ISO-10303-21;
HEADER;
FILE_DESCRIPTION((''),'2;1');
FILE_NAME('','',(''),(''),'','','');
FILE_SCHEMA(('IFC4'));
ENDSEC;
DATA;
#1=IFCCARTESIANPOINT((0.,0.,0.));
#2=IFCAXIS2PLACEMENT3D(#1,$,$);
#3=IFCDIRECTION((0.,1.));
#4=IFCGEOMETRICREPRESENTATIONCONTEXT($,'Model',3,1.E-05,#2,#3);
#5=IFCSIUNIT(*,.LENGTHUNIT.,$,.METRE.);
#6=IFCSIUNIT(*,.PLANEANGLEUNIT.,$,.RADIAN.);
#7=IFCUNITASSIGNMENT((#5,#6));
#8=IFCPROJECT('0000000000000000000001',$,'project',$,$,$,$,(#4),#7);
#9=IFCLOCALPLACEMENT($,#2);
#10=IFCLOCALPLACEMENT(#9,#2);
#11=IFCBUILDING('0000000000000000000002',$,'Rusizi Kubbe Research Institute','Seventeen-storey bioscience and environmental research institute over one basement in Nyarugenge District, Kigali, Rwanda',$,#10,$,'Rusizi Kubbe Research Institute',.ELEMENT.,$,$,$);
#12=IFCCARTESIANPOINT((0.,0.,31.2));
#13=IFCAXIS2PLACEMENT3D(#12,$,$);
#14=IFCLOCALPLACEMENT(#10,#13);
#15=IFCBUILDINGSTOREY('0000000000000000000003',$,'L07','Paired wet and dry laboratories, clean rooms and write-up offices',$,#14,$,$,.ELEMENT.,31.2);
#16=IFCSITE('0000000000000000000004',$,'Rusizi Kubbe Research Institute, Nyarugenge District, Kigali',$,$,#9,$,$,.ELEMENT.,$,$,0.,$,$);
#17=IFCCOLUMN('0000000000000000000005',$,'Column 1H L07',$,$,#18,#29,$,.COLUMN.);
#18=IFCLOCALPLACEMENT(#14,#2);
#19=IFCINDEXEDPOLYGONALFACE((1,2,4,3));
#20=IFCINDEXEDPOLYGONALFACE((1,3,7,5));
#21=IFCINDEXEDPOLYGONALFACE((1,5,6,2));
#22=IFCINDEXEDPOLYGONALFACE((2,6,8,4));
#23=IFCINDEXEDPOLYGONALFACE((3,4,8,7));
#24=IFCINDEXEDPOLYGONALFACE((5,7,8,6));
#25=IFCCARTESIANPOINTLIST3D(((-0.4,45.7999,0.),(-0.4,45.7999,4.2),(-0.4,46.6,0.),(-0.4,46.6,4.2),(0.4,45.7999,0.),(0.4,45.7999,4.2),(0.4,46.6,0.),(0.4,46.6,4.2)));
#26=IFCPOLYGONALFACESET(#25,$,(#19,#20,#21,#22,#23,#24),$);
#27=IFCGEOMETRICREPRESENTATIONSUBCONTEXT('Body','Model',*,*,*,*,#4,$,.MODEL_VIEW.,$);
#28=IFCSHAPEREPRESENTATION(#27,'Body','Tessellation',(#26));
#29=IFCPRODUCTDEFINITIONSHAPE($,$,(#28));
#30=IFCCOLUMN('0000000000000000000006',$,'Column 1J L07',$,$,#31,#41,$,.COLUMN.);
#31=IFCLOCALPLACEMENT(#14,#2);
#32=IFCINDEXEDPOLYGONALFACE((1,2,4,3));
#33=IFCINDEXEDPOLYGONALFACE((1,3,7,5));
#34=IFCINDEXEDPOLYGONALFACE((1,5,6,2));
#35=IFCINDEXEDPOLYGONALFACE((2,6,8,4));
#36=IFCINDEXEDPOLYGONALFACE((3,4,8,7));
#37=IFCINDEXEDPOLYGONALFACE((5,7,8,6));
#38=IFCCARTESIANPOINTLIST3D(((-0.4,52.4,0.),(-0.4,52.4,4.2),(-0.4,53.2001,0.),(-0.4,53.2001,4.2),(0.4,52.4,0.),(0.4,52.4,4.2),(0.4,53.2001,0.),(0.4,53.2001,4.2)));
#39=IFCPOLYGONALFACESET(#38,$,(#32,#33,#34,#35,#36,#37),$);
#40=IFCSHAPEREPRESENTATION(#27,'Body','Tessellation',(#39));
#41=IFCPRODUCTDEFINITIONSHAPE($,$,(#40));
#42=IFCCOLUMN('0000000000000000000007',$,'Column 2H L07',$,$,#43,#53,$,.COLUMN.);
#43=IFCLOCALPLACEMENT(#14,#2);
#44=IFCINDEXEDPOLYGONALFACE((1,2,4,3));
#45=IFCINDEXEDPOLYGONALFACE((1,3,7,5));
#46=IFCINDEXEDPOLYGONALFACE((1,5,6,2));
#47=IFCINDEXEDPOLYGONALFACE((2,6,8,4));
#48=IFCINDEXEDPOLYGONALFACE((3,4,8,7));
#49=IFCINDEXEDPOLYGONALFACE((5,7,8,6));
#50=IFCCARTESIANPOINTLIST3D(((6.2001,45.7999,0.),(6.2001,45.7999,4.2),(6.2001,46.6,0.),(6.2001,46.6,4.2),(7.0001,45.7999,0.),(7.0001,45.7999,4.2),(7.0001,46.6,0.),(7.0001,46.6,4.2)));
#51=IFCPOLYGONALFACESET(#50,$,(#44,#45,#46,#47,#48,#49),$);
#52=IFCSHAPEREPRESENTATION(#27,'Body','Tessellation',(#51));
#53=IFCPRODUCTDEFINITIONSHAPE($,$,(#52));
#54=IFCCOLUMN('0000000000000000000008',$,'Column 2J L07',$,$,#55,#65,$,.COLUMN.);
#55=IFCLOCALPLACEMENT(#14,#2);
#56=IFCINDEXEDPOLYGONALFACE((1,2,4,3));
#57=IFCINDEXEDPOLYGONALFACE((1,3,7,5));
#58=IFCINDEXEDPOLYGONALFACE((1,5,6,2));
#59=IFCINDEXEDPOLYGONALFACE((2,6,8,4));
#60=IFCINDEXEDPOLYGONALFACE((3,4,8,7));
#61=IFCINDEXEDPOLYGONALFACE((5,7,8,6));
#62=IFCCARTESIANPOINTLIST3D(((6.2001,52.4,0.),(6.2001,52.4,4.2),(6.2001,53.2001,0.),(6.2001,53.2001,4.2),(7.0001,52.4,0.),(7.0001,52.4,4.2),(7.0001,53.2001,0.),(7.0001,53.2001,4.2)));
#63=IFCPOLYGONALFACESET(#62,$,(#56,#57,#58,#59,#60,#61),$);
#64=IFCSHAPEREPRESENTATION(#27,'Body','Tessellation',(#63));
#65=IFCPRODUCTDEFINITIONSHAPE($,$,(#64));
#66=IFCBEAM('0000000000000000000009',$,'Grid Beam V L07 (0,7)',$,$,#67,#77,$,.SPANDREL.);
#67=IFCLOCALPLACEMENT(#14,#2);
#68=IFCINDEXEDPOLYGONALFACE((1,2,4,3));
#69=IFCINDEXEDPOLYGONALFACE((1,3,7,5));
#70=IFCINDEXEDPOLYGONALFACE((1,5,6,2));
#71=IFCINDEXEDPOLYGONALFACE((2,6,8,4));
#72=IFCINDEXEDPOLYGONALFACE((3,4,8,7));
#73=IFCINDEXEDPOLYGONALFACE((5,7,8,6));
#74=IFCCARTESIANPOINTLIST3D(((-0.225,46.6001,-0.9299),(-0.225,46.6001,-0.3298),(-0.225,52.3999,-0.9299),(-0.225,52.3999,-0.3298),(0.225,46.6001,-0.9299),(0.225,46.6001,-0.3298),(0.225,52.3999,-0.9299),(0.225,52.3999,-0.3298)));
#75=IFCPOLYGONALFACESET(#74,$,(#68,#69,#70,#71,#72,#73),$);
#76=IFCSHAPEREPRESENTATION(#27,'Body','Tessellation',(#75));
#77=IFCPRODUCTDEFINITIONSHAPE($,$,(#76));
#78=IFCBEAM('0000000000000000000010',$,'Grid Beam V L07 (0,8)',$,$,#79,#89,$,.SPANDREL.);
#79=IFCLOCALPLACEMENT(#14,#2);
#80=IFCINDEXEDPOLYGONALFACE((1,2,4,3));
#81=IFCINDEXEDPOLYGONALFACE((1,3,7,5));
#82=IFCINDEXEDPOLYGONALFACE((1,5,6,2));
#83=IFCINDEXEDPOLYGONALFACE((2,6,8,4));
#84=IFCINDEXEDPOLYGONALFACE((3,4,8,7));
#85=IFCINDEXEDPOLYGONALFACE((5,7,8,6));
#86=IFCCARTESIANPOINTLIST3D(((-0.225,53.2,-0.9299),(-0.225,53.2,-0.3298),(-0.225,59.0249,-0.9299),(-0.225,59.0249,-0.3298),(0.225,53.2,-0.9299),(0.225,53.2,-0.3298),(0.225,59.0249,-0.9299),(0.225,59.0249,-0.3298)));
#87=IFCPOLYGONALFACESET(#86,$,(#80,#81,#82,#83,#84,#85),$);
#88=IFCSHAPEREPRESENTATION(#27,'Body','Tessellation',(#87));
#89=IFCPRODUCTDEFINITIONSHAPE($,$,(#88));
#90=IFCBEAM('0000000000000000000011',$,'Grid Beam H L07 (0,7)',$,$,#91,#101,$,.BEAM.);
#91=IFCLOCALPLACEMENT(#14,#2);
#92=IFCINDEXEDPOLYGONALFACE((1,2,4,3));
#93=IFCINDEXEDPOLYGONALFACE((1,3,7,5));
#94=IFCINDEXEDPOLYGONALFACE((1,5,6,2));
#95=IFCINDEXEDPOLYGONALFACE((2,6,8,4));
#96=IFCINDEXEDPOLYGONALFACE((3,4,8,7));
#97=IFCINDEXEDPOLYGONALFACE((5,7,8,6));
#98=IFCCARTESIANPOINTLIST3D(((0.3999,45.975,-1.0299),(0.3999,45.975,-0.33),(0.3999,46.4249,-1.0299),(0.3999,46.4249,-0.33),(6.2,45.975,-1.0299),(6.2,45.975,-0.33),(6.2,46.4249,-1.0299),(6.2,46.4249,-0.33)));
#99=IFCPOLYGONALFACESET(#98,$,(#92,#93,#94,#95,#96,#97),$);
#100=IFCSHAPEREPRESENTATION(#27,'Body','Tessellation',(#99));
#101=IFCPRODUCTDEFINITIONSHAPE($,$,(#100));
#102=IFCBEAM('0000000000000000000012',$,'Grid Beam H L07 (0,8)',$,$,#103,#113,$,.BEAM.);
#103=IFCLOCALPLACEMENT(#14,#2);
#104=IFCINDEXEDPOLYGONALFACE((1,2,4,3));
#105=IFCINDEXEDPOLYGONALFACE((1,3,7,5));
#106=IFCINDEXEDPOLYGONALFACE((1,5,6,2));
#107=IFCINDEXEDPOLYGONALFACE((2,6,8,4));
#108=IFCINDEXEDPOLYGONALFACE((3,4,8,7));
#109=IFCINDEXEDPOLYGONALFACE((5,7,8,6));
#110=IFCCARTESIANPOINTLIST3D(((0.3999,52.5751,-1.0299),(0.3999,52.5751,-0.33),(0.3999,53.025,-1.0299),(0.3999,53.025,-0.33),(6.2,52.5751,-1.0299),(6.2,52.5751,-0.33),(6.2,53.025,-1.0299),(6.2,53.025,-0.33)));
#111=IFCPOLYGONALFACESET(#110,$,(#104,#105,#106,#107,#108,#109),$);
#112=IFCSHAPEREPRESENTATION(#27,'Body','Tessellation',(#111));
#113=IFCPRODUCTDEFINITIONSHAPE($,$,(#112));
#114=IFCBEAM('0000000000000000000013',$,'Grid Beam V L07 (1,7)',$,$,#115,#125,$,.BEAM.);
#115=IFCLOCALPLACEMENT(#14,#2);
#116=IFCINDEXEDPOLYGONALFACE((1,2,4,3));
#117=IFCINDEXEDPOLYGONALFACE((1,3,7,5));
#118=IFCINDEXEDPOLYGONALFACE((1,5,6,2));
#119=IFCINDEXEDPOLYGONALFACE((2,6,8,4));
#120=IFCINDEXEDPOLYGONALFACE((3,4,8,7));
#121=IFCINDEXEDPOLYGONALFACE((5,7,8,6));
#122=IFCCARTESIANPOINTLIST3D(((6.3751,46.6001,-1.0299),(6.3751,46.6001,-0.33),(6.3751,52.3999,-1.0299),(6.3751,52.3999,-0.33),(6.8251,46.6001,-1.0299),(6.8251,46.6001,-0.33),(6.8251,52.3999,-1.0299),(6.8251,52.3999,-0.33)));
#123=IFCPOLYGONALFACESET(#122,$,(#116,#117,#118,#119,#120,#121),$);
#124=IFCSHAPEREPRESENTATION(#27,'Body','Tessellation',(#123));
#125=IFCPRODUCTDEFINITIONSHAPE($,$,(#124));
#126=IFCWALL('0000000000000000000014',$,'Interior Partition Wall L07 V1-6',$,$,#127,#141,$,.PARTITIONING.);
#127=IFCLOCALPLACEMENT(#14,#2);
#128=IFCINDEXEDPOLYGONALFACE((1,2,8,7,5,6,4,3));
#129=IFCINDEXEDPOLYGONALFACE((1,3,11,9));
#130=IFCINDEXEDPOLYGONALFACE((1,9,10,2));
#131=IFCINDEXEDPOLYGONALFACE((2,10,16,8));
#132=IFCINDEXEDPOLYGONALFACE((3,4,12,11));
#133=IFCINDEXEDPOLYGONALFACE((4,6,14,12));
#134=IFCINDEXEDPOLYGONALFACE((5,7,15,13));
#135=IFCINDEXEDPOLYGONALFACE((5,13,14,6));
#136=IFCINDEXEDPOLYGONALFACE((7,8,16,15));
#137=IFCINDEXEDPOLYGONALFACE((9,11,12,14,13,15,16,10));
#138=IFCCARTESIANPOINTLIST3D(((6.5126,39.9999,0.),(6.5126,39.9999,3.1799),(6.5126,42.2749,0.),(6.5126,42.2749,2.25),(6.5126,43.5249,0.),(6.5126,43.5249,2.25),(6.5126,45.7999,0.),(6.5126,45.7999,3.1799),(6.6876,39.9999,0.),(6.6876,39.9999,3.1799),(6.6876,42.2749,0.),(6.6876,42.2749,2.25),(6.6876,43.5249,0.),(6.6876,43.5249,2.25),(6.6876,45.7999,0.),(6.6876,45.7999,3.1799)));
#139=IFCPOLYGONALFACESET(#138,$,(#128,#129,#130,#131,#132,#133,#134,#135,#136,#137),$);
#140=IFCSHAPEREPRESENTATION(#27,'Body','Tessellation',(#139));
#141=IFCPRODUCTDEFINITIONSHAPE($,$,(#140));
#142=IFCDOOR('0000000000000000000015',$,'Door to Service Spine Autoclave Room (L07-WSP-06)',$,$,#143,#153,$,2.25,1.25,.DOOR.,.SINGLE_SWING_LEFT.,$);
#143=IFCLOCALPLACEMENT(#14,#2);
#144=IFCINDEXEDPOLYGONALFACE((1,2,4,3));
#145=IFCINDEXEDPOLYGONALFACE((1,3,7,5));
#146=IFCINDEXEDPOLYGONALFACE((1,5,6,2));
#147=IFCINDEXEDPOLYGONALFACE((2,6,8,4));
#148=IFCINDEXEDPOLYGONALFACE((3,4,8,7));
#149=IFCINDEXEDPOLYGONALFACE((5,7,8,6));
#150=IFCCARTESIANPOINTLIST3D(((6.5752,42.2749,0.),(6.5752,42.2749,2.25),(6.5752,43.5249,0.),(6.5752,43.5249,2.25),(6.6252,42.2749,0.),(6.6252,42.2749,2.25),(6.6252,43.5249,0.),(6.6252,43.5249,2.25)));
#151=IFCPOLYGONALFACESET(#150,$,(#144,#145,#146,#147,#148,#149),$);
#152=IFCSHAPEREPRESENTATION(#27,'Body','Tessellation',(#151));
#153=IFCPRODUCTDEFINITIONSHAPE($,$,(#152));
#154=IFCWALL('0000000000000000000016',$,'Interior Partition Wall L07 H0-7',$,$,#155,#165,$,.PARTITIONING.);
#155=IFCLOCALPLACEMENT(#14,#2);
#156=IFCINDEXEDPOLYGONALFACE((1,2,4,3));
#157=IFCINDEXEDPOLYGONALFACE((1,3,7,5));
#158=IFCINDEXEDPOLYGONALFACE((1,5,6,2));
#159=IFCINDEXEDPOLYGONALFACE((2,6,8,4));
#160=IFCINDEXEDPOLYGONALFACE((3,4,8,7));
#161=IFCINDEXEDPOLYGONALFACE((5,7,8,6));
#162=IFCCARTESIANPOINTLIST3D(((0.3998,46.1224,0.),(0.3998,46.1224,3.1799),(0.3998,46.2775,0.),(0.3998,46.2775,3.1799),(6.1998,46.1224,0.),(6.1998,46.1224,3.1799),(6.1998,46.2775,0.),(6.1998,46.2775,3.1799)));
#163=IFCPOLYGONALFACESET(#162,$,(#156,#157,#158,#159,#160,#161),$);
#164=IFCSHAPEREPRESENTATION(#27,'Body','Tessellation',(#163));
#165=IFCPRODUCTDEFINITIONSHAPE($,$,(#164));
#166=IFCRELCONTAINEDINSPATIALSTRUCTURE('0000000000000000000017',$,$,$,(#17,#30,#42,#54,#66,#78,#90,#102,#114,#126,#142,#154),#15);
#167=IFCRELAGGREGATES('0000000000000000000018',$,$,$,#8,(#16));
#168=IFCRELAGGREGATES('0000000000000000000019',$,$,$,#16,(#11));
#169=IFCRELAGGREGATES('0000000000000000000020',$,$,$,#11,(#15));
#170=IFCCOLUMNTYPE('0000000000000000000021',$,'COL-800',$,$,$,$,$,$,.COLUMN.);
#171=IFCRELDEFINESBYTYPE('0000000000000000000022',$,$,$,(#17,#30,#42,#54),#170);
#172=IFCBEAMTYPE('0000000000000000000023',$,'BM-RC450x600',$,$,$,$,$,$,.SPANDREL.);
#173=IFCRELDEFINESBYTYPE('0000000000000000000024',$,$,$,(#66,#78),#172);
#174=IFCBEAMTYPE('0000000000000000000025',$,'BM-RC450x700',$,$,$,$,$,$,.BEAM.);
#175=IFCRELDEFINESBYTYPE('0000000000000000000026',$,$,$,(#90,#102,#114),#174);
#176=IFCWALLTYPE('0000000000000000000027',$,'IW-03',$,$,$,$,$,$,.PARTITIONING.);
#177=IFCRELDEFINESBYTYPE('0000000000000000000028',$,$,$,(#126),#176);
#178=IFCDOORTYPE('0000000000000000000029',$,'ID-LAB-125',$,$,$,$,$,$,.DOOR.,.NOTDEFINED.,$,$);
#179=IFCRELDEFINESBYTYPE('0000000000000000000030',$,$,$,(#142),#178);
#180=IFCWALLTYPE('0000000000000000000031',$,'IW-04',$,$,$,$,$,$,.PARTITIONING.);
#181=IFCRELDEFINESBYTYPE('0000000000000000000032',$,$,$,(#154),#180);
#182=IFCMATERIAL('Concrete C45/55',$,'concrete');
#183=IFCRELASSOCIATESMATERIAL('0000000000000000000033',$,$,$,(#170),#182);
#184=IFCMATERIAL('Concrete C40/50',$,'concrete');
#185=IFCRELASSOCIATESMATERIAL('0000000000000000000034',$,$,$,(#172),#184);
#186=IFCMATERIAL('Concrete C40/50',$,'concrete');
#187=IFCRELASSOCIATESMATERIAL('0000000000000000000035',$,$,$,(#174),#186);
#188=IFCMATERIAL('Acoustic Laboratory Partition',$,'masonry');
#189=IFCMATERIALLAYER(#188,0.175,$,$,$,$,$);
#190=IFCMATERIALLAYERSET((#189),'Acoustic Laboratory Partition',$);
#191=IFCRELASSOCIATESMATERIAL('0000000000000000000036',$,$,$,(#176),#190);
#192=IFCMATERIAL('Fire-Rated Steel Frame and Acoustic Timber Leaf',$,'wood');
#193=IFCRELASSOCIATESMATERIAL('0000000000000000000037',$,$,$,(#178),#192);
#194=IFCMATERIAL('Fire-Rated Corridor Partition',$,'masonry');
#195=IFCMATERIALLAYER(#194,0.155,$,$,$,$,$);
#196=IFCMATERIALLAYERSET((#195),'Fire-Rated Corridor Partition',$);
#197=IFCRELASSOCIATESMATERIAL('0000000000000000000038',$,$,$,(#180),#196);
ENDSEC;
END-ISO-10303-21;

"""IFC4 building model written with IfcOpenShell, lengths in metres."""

from ifc_helpers import new_model, si_unit, direction, frame, frame_2d, origin, origin_2d, place, context, subcontext, project, spatial, rectangle, extrude, material, layer, layer_set, material_profile, profile_set, type_object, element, fill, save


model = new_model("IFC4")

# Units and contexts
model_context = context("Model", 3, precision=1e-05, world=origin(), true_north=direction((0.0, 1.0)))
body_context = subcontext(model_context, "Body", "Model", "MODEL_VIEW")
ifc_project = project(units=[si_unit("LENGTHUNIT", "METRE"), si_unit("PLANEANGLEUNIT", "RADIAN")], contexts=[model_context])

# Site, building, storey
site_placement = place(None, origin())
site = spatial("IfcSite", under=ifc_project, at=site_placement, Name="Rusizi Kubbe Research Institute, Nyarugenge District, Kigali", CompositionType="ELEMENT", RefElevation=0.0)
building_placement = place(site_placement, origin())
building = spatial("IfcBuilding", under=site, at=building_placement, Name="Rusizi Kubbe Research Institute", Description="Seventeen-storey bioscience and environmental research institute over one basement in Nyarugenge District, Kigali, Rwanda", LongName="Rusizi Kubbe Research Institute", CompositionType="ELEMENT")
storey_placement = place(building_placement, frame((0.0, 0.0, 31.2)))
storey = spatial("IfcBuildingStorey", under=building, at=storey_placement, Name="L07", Description="Paired wet and dry laboratories, clean rooms and write-up offices", CompositionType="ELEMENT", Elevation=31.2)

# Columns
ifc_material_1 = material(Name="Concrete C45/55", Category="concrete")
ifc_material_profile_1 = material_profile(ifc_material_1, rectangle(XDim=0.8, YDim=0.8, at=origin_2d()), Name="RC800x800")
ifc_profile_set_1 = profile_set([ifc_material_profile_1], Name="Concrete C45/55")
column_type = type_object("IfcColumnType", Name="COL-800", PredefinedType="COLUMN", material=ifc_profile_set_1)
for number, where, z_axis, x_axis, name in (
    (1, (0.0, 46.2, 0.0), (0.0, 0.0, 1.0), (1.0, 0.0, 0.0), "Column 1H L07"),
    (2, (0.0, 52.8, 0.0), (0.0, 0.0, 1.0), (1.0, 0.0, 0.0), "Column 1J L07"),
    (3, (6.6001, 46.2, 0.0), (0.0, 0.0, 1.0), (1.0, 0.0, 0.0), "Column 2H L07"),
    (4, (6.6001, 52.8, 0.0), (0.0, 0.0, 1.0), (1.0, 0.0, 0.0), "Column 2J L07"),
):
    element("IfcColumn", number, at=place(storey_placement, frame(where, z_axis=z_axis, x_axis=x_axis)), inside=storey, type_object=column_type, Name=name, PredefinedType="COLUMN", context=body_context, shape_type="SweptSolid", body=[
        extrude(rectangle(XDim=0.8, YDim=0.8, at=origin_2d()), origin(), (0.0, 0.0, 1.0), 4.2),
    ])

# Beams
ifc_material_2 = material(Name="Concrete C40/50", Category="concrete")
ifc_material_profile_2 = material_profile(ifc_material_2, rectangle(XDim=0.45, YDim=0.6001, at=origin_2d()), Name="RC450x600")
ifc_profile_set_2 = profile_set([ifc_material_profile_2], Name="Concrete C40/50")
beam_type_1 = type_object("IfcBeamType", Name="BM-RC450x600", PredefinedType="SPANDREL", material=ifc_profile_set_2)
beam_1_placement = place(storey_placement, frame((0.0, 46.6001, -0.6299), z_axis=(0.0, 1.0, 0.0), x_axis=(-1.0, 0.0, 0.0)))
element("IfcBeam", 5, at=beam_1_placement, inside=storey, type_object=beam_type_1, Name="Grid Beam V L07 (0,7)", PredefinedType="SPANDREL", context=body_context, shape_type="SweptSolid", body=[
    extrude(rectangle(XDim=0.45, YDim=0.6001, at=origin_2d()), origin(), (0.0, 0.0, 1.0), 5.7998),
])
beam_2_placement = place(storey_placement, frame((0.0, 53.2, -0.6299), z_axis=(0.0, 1.0, 0.0), x_axis=(-1.0, 0.0, 0.0)))
element("IfcBeam", 6, at=beam_2_placement, inside=storey, type_object=beam_type_1, Name="Grid Beam V L07 (0,8)", PredefinedType="SPANDREL", context=body_context, shape_type="SweptSolid", body=[
    extrude(rectangle(XDim=0.45, YDim=0.6001, at=origin_2d()), origin(), (0.0, 0.0, 1.0), 5.825),
])
ifc_material_3 = material(Name="Concrete C40/50", Category="concrete")
ifc_material_profile_3 = material_profile(ifc_material_3, rectangle(XDim=0.45, YDim=0.7, at=origin_2d()), Name="RC450x700B")
ifc_profile_set_3 = profile_set([ifc_material_profile_3], Name="Concrete C40/50")
beam_type_2 = type_object("IfcBeamType", Name="BM-RC450x700", PredefinedType="BEAM", material=ifc_profile_set_3)
for number, where, z_axis, x_axis, name in (
    (7, (0.3999, 46.2, -0.6799), (1.0, 0.0, 0.0), (0.0, 1.0, 0.0), "Grid Beam H L07 (0,7)"),
    (8, (0.3999, 52.8, -0.6799), (1.0, 0.0, 0.0), (0.0, 1.0, 0.0), "Grid Beam H L07 (0,8)"),
):
    element("IfcBeam", number, at=place(storey_placement, frame(where, z_axis=z_axis, x_axis=x_axis)), inside=storey, type_object=beam_type_2, Name=name, PredefinedType="BEAM", context=body_context, shape_type="SweptSolid", body=[
        extrude(rectangle(XDim=0.45, YDim=0.7, at=origin_2d()), origin(), (0.0, 0.0, 1.0), 5.8),
    ])
beam_3_placement = place(storey_placement, frame((6.6001, 46.6001, -0.6799), z_axis=(0.0, 1.0, 0.0), x_axis=(-1.0, 0.0, 0.0)))
element("IfcBeam", 9, at=beam_3_placement, inside=storey, type_object=beam_type_2, Name="Grid Beam V L07 (1,7)", PredefinedType="BEAM", context=body_context, shape_type="SweptSolid", body=[
    extrude(rectangle(XDim=0.45, YDim=0.7, at=origin_2d()), origin(), (0.0, 0.0, 1.0), 5.7998),
])

# Wall, opening, door
ifc_material_4 = material(Name="Acoustic Laboratory Partition", Category="masonry")
ifc_layer_1 = layer(ifc_material_4, 0.175)
ifc_layer_set_1 = layer_set([ifc_layer_1], Name="Acoustic Laboratory Partition")
wall_type_1 = type_object("IfcWallType", Name="IW-03", PredefinedType="PARTITIONING", material=ifc_layer_set_1)
wall_1_placement = place(storey_placement, frame((6.6001, 40.0, 0.0), z_axis=(0.0, 0.0, 1.0), x_axis=(0.0, 1.0, 0.0)))
wall_1 = element("IfcWall", 10, at=wall_1_placement, inside=storey, type_object=wall_type_1, Name="Interior Partition Wall L07 V1-6", PredefinedType="PARTITIONING", context=body_context, shape_type="SweptSolid", body=[
    extrude(rectangle(XDim=5.8, YDim=0.175, at=frame_2d((2.8999, 0.0))), origin(), (0.0, 0.0, 1.0), 3.1799),
])
opening_1_placement = place(wall_1_placement, frame((2.2749, 0.0, 0.0)))
opening_1 = element("IfcOpeningElement", 11, at=opening_1_placement, cuts=wall_1, PredefinedType="OPENING", context=body_context, shape_type="SweptSolid", body=[
    extrude(rectangle(XDim=1.25, YDim=2.25, at=frame_2d((0.625, 1.125))), frame((0.0, 0.0974, 0.0), z_axis=(0.0, -1.0, 0.0), x_axis=(1.0, 0.0, 0.0)), (0.0, 0.0, 1.0), 0.1951),
])
ifc_material_5 = material(Name="Fire-Rated Steel Frame and Acoustic Timber Leaf", Category="wood")
door_type_1 = type_object("IfcDoorType", Name="ID-LAB-125", OperationType="NOTDEFINED", PredefinedType="DOOR", material=ifc_material_5)
door_1_placement = place(opening_1_placement, origin())
door_1 = element("IfcDoor", 12, at=door_1_placement, inside=storey, type_object=door_type_1, Name="Door to Service Spine Autoclave Room (L07-WSP-06)", OperationType="SINGLE_SWING_LEFT", OverallHeight=2.25, OverallWidth=1.25, PredefinedType="DOOR", context=body_context, shape_type="SweptSolid", body=[
    extrude(rectangle(XDim=1.25, YDim=2.25, at=frame_2d((0.625, 1.125))), frame((0.0, 0.0249, 0.0), z_axis=(0.0, -1.0, 0.0), x_axis=(1.0, 0.0, 0.0)), (0.0, 0.0, 1.0), 0.05),
])
fill(opening_1, door_1)

# Wall
ifc_material_6 = material(Name="Fire-Rated Corridor Partition", Category="masonry")
ifc_layer_2 = layer(ifc_material_6, 0.155)
ifc_layer_set_2 = layer_set([ifc_layer_2], Name="Fire-Rated Corridor Partition")
wall_type_2 = type_object("IfcWallType", Name="IW-04", PredefinedType="PARTITIONING", material=ifc_layer_set_2)
wall_2_placement = place(storey_placement, frame((0.3999, 46.2, 0.0), z_axis=(0.0, 0.0, 1.0), x_axis=(1.0, 0.0, 0.0)))
element("IfcWall", 13, at=wall_2_placement, inside=storey, type_object=wall_type_2, Name="Interior Partition Wall L07 H0-7", PredefinedType="PARTITIONING", context=body_context, shape_type="SweptSolid", body=[
    extrude(rectangle(XDim=5.8, YDim=0.155, at=frame_2d((2.8999, 0.0))), origin(), (0.0, 0.0, 1.0), 3.1799),
])

save(model, "model.ifc")
